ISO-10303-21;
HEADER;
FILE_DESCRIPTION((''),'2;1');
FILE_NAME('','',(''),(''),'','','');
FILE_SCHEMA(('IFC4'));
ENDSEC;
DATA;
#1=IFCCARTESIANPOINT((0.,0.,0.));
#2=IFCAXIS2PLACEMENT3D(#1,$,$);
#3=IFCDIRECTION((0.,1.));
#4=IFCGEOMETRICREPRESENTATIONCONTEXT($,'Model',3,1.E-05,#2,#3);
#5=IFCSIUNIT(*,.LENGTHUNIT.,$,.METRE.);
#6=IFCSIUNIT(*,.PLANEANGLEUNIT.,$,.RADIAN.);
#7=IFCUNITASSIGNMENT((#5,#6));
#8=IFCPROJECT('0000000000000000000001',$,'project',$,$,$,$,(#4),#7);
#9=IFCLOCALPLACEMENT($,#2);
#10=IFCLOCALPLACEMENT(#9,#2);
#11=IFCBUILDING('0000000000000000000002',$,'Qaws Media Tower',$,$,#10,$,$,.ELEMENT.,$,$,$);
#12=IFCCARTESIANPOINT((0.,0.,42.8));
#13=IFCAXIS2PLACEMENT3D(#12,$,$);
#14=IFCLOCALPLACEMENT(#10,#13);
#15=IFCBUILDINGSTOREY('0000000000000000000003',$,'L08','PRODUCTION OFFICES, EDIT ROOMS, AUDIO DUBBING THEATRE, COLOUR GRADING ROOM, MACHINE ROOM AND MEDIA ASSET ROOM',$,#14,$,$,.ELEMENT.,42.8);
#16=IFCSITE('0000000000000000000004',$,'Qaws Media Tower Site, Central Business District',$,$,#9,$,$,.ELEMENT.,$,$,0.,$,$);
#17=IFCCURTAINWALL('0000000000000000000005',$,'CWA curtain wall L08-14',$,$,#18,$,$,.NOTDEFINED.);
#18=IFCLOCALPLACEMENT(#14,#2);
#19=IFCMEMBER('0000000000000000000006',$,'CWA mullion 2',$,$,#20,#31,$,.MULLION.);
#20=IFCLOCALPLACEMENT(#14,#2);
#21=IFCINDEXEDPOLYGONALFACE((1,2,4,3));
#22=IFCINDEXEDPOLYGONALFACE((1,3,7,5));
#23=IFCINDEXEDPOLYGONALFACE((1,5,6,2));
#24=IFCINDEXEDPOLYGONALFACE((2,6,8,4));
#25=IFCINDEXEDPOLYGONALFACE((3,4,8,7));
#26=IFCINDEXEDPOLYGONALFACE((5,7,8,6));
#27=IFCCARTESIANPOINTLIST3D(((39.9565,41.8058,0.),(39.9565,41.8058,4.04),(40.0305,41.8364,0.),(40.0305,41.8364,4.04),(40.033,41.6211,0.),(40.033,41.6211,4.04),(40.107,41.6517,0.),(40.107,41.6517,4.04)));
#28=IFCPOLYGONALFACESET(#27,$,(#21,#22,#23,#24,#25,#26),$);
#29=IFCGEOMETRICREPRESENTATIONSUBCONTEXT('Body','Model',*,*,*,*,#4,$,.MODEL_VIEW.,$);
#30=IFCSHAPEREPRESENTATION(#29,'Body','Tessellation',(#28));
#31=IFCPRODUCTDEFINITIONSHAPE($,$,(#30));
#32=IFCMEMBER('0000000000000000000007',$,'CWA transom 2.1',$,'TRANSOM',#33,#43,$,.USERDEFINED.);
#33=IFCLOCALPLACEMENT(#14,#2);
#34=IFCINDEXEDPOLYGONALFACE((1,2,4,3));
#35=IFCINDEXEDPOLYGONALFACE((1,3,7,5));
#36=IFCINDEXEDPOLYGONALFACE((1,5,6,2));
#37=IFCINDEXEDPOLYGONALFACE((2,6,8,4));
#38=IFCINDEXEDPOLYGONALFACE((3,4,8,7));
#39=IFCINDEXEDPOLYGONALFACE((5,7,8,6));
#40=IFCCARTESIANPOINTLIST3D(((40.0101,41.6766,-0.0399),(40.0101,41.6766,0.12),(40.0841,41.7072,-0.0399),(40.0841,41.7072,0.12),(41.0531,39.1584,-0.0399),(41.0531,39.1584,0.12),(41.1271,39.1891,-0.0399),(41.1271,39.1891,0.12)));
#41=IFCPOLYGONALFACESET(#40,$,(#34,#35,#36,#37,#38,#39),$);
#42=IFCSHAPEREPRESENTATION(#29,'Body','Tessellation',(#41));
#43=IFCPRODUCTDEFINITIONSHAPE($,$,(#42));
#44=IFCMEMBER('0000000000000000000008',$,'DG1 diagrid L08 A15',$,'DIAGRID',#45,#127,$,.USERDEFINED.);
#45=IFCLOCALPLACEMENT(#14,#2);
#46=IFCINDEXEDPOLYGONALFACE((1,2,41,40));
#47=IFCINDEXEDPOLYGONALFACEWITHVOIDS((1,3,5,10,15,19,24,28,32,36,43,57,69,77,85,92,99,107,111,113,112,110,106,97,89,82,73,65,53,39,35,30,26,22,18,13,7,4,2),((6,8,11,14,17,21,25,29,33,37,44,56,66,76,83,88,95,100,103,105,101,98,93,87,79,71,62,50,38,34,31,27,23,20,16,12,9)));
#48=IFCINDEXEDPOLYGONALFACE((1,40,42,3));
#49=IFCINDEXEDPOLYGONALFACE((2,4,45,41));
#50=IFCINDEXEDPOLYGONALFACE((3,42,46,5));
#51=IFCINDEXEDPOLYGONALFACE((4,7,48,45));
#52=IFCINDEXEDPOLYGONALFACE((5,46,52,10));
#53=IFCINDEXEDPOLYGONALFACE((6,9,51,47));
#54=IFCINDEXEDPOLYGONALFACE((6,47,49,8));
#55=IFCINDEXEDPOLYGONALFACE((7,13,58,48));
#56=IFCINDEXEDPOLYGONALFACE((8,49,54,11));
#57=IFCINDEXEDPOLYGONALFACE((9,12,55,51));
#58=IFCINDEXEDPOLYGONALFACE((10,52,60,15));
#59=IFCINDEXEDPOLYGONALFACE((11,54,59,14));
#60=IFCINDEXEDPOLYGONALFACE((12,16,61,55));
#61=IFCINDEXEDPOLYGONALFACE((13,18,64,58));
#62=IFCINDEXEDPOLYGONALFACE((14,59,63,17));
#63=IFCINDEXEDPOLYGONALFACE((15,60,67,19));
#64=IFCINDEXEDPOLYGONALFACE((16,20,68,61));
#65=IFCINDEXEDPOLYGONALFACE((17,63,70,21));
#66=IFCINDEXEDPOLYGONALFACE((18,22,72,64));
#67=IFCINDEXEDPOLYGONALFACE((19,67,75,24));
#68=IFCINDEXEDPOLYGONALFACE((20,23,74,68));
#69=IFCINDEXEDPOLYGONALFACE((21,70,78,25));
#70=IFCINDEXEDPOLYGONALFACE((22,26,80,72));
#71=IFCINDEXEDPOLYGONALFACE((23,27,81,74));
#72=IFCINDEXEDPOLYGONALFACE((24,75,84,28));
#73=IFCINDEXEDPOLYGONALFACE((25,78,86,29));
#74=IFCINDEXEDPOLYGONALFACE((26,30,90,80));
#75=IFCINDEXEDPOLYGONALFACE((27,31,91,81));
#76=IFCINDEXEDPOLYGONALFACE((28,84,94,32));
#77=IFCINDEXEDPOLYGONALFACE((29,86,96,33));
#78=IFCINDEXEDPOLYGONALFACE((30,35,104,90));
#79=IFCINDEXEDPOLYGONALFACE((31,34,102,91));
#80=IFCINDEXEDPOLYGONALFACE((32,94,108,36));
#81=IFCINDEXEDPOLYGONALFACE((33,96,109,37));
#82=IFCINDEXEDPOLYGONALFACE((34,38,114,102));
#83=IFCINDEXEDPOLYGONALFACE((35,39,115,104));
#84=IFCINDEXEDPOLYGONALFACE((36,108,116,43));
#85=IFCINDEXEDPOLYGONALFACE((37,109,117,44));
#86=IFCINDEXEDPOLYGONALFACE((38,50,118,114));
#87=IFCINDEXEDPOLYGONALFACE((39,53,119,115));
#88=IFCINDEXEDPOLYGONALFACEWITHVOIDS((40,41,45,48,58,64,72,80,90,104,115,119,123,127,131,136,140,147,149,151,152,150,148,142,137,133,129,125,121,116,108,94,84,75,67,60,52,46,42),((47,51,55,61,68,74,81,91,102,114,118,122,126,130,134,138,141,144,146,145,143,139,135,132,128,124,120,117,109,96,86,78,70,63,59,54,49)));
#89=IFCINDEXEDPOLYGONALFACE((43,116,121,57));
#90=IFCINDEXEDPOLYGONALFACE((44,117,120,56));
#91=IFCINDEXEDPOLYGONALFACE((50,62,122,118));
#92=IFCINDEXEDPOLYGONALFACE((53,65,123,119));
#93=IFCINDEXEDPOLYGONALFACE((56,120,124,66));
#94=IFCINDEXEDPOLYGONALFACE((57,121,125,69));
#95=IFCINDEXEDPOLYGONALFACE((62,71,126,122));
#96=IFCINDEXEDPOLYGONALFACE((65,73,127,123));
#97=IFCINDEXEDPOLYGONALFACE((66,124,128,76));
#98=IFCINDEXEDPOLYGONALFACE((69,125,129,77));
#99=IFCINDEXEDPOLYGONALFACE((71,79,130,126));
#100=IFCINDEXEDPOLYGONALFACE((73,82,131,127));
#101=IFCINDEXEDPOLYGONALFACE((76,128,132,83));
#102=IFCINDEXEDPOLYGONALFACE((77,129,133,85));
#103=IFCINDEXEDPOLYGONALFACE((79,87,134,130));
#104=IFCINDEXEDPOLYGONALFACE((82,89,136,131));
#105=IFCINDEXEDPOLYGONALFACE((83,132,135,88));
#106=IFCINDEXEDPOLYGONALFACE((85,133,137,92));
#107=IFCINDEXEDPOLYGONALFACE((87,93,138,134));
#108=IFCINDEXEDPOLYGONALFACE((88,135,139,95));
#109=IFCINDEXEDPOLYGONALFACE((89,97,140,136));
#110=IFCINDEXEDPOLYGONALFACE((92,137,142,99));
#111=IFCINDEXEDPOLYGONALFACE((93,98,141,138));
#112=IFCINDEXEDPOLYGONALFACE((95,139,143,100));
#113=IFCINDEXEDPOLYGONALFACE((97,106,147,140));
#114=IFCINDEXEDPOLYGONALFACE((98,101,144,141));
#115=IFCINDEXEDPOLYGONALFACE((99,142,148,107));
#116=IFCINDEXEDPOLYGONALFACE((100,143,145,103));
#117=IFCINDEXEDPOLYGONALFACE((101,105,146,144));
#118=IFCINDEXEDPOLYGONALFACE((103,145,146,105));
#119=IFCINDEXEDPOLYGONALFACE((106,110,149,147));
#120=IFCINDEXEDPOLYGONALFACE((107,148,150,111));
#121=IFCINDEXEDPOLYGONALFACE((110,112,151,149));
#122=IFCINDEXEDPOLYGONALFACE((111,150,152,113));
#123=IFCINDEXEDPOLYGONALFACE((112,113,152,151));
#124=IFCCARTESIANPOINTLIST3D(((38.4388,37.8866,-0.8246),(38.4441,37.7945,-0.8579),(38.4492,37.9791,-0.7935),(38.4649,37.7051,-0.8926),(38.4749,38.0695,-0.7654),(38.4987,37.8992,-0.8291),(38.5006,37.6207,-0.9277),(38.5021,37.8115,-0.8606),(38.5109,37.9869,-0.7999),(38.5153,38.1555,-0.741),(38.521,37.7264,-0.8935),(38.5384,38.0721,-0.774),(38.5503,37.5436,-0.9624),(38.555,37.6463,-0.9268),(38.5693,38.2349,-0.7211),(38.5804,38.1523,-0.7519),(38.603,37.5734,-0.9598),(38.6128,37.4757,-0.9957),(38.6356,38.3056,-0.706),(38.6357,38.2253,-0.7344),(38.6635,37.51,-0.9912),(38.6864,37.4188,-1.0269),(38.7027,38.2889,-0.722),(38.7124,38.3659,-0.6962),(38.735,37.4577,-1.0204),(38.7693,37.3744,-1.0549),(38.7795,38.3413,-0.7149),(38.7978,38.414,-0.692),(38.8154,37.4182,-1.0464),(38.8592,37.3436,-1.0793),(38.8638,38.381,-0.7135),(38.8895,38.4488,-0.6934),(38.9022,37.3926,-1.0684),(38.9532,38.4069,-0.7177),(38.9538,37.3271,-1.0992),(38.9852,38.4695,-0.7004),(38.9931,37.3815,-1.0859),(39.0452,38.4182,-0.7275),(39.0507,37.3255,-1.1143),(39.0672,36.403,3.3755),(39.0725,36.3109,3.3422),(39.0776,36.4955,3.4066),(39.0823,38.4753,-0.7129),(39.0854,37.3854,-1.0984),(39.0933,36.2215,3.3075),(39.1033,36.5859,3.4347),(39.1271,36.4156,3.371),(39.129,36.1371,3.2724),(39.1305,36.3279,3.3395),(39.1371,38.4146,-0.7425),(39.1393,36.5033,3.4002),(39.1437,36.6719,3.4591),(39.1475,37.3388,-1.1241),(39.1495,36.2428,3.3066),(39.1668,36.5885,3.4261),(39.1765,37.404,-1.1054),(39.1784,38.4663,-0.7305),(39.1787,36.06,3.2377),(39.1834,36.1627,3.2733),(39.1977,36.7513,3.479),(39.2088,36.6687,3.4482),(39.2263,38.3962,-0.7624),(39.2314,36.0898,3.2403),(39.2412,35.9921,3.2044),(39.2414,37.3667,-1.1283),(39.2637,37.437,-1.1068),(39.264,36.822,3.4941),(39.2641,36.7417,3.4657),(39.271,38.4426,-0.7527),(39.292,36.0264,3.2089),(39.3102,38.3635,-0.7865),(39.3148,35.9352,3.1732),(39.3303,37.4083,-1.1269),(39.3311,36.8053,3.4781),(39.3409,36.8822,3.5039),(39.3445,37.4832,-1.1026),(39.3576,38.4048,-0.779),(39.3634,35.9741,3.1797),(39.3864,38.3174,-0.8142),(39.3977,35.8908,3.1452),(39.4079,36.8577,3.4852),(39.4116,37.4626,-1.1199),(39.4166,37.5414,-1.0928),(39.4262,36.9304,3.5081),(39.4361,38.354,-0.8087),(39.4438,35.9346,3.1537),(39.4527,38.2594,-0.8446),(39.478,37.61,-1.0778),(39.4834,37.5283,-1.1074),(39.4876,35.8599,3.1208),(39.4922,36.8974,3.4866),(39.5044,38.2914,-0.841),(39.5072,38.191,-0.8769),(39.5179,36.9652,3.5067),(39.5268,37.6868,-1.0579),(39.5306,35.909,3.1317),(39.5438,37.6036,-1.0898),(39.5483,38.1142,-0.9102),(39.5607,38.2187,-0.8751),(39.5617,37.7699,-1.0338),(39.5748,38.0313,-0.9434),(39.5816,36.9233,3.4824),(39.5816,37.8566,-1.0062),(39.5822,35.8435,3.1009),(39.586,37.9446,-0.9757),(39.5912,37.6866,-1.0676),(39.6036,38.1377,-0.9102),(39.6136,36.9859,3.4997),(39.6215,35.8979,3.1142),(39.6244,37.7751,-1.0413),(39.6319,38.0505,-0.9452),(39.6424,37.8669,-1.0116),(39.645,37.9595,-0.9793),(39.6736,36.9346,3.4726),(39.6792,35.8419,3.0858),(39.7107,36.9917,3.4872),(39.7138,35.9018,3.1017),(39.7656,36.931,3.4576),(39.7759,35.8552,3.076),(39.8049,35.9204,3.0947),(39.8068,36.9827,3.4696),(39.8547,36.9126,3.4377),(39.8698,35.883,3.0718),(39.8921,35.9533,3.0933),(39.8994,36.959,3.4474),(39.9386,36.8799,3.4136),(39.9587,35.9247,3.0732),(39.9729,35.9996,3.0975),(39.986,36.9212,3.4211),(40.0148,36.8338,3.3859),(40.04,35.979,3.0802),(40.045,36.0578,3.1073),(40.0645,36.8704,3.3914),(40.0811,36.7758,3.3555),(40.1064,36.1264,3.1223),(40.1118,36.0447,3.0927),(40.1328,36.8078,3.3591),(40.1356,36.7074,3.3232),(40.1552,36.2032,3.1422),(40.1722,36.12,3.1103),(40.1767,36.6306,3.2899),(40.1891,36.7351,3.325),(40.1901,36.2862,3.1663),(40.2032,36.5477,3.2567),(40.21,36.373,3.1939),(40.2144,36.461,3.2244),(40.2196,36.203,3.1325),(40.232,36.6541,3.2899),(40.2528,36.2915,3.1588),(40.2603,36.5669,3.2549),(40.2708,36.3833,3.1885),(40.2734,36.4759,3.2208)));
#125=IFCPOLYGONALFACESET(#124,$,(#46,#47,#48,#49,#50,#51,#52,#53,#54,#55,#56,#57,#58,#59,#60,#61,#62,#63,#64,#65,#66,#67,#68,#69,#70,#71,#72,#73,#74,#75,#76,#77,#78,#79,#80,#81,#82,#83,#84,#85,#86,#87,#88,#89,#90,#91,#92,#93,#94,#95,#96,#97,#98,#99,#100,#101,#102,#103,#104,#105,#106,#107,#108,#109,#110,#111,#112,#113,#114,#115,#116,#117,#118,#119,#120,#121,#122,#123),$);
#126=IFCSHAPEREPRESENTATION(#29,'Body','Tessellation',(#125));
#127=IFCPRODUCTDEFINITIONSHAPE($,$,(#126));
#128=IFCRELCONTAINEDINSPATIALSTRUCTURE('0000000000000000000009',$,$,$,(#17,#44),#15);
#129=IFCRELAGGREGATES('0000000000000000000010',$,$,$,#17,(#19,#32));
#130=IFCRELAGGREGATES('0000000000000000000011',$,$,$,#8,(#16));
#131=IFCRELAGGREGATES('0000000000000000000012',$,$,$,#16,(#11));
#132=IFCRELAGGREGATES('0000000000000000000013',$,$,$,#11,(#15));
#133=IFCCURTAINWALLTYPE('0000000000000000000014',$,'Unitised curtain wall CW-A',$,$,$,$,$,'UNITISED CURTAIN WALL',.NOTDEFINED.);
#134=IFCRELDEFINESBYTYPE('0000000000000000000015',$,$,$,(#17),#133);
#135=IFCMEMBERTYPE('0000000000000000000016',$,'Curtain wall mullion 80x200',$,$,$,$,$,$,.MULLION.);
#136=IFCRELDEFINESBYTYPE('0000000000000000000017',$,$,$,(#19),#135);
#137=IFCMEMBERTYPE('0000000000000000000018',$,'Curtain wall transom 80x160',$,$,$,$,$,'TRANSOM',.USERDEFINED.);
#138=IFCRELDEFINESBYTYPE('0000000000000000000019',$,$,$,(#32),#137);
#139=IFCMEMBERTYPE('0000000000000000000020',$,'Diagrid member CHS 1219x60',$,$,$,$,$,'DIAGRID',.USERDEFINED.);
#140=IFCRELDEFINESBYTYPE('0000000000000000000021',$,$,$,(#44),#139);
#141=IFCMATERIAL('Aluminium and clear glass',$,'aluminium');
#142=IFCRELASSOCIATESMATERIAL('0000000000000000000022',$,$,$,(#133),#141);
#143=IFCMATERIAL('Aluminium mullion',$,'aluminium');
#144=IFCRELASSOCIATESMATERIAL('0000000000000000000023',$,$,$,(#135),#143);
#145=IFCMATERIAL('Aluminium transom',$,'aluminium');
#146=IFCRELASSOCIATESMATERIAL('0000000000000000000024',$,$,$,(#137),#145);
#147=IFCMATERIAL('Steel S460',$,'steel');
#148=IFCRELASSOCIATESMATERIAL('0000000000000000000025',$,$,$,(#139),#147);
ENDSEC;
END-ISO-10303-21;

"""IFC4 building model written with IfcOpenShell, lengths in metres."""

from ifc_helpers import new_model, si_unit, direction, frame, origin, origin_2d, place, context, subcontext, project, spatial, rectangle, hollow_circle, extrude, material, material_profile, profile_set, type_object, element, aggregate, save


model = new_model("IFC4")

# Units and contexts
model_context = context("Model", 3, precision=1e-05, world=origin(), true_north=direction((0.0, 1.0)))
body_context = subcontext(model_context, "Body", "Model", "MODEL_VIEW")
ifc_project = project(units=[si_unit("LENGTHUNIT", "METRE"), si_unit("PLANEANGLEUNIT", "RADIAN")], contexts=[model_context])

# Site, building, storey
site_placement = place(None, origin())
site = spatial("IfcSite", under=ifc_project, at=site_placement, Name="Qaws Media Tower Site, Central Business District", CompositionType="ELEMENT", RefElevation=0.0)
building_placement = place(site_placement, origin())
building = spatial("IfcBuilding", under=site, at=building_placement, Name="Qaws Media Tower", CompositionType="ELEMENT")
storey_placement = place(building_placement, frame((0.0, 0.0, 42.8)))
storey = spatial("IfcBuildingStorey", under=building, at=storey_placement, Name="L08", Description="PRODUCTION OFFICES, EDIT ROOMS, AUDIO DUBBING THEATRE, COLOUR GRADING ROOM, MACHINE ROOM AND MEDIA ASSET ROOM", CompositionType="ELEMENT", Elevation=42.8)

# Curtain wall, members
ifc_material_1 = material(Name="Aluminium and clear glass", Category="aluminium")
curtain_wall_type = type_object("IfcCurtainWallType", Name="Unitised curtain wall CW-A", ElementType="UNITISED CURTAIN WALL", PredefinedType="NOTDEFINED", material=ifc_material_1)
curtain_wall_placement = place(storey_placement, origin())
curtain_wall = element("IfcCurtainWall", 1, at=curtain_wall_placement, inside=storey, type_object=curtain_wall_type, Name="CWA curtain wall L08-14", PredefinedType="NOTDEFINED")
ifc_material_2 = material(Name="Aluminium mullion", Category="aluminium")
ifc_material_profile_1 = material_profile(ifc_material_2, rectangle(XDim=0.0801, YDim=0.2, at=origin_2d()), Name="80x200")
ifc_profile_set_1 = profile_set([ifc_material_profile_1], Name="Aluminium mullion")
member_type_1 = type_object("IfcMemberType", Name="Curtain wall mullion 80x200", PredefinedType="MULLION", material=ifc_profile_set_1)
member_1_placement = place(storey_placement, frame((40.0317, 41.7288, 0.0), z_axis=(0.0, 0.0, 1.0), x_axis=(0.92388, 0.382683, 0.0)))
member_1 = element("IfcMember", 2, at=member_1_placement, type_object=member_type_1, Name="CWA mullion 2", PredefinedType="MULLION", context=body_context, shape_type="SweptSolid", body=[
    extrude(rectangle(XDim=0.0801, YDim=0.2, at=origin_2d()), origin(), (0.0, 0.0, 1.0), 4.04),
])
ifc_material_3 = material(Name="Aluminium transom", Category="aluminium")
ifc_material_profile_2 = material_profile(ifc_material_3, rectangle(XDim=0.0801, YDim=0.1599, at=origin_2d()), Name="80x160")
ifc_profile_set_2 = profile_set([ifc_material_profile_2], Name="Aluminium transom")
member_type_2 = type_object("IfcMemberType", Name="Curtain wall transom 80x160", ElementType="TRANSOM", PredefinedType="USERDEFINED", material=ifc_profile_set_2)
member_2_placement = place(storey_placement, frame((40.0471, 41.6919, 0.04), z_axis=(0.382668, -0.923886, 0.0), x_axis=(0.923886, 0.382668, 0.0)))
member_2 = element("IfcMember", 3, at=member_2_placement, type_object=member_type_2, Name="CWA transom 2.1", ObjectType="TRANSOM", PredefinedType="USERDEFINED", context=body_context, shape_type="SweptSolid", body=[
    extrude(rectangle(XDim=0.0801, YDim=0.1599, at=origin_2d()), origin(), (0.0, 0.0, 1.0), 2.7256),
])

# Member
ifc_material_4 = material(Name="Steel S460", Category="steel")
ifc_material_profile_3 = material_profile(ifc_material_4, hollow_circle(Radius=0.6096, WallThickness=0.0601, at=origin_2d()), Name="CHS 1219x60")
ifc_profile_set_3 = profile_set([ifc_material_profile_3], Name="Steel S460")
member_type_3 = type_object("IfcMemberType", Name="Diagrid member CHS 1219x60", ElementType="DIAGRID", PredefinedType="USERDEFINED", material=ifc_profile_set_3)
member_3_placement = place(storey_placement, frame((39.0422, 37.8999, -0.9102), z_axis=(0.139691, -0.329798, 0.933659), x_axis=(0.920806, 0.390021, 0.0)))
element("IfcMember", 4, at=member_3_placement, inside=storey, type_object=member_type_3, Name="DG1 diagrid L08 A15", ObjectType="DIAGRID", PredefinedType="USERDEFINED", context=body_context, shape_type="SweptSolid", body=[
    extrude(hollow_circle(Radius=0.6096, WallThickness=0.0601, at=origin_2d()), origin(), (0.0, 0.0, 1.0), 4.4985),
])

aggregate(curtain_wall, [member_1, member_2])

save(model, "model.ifc")
